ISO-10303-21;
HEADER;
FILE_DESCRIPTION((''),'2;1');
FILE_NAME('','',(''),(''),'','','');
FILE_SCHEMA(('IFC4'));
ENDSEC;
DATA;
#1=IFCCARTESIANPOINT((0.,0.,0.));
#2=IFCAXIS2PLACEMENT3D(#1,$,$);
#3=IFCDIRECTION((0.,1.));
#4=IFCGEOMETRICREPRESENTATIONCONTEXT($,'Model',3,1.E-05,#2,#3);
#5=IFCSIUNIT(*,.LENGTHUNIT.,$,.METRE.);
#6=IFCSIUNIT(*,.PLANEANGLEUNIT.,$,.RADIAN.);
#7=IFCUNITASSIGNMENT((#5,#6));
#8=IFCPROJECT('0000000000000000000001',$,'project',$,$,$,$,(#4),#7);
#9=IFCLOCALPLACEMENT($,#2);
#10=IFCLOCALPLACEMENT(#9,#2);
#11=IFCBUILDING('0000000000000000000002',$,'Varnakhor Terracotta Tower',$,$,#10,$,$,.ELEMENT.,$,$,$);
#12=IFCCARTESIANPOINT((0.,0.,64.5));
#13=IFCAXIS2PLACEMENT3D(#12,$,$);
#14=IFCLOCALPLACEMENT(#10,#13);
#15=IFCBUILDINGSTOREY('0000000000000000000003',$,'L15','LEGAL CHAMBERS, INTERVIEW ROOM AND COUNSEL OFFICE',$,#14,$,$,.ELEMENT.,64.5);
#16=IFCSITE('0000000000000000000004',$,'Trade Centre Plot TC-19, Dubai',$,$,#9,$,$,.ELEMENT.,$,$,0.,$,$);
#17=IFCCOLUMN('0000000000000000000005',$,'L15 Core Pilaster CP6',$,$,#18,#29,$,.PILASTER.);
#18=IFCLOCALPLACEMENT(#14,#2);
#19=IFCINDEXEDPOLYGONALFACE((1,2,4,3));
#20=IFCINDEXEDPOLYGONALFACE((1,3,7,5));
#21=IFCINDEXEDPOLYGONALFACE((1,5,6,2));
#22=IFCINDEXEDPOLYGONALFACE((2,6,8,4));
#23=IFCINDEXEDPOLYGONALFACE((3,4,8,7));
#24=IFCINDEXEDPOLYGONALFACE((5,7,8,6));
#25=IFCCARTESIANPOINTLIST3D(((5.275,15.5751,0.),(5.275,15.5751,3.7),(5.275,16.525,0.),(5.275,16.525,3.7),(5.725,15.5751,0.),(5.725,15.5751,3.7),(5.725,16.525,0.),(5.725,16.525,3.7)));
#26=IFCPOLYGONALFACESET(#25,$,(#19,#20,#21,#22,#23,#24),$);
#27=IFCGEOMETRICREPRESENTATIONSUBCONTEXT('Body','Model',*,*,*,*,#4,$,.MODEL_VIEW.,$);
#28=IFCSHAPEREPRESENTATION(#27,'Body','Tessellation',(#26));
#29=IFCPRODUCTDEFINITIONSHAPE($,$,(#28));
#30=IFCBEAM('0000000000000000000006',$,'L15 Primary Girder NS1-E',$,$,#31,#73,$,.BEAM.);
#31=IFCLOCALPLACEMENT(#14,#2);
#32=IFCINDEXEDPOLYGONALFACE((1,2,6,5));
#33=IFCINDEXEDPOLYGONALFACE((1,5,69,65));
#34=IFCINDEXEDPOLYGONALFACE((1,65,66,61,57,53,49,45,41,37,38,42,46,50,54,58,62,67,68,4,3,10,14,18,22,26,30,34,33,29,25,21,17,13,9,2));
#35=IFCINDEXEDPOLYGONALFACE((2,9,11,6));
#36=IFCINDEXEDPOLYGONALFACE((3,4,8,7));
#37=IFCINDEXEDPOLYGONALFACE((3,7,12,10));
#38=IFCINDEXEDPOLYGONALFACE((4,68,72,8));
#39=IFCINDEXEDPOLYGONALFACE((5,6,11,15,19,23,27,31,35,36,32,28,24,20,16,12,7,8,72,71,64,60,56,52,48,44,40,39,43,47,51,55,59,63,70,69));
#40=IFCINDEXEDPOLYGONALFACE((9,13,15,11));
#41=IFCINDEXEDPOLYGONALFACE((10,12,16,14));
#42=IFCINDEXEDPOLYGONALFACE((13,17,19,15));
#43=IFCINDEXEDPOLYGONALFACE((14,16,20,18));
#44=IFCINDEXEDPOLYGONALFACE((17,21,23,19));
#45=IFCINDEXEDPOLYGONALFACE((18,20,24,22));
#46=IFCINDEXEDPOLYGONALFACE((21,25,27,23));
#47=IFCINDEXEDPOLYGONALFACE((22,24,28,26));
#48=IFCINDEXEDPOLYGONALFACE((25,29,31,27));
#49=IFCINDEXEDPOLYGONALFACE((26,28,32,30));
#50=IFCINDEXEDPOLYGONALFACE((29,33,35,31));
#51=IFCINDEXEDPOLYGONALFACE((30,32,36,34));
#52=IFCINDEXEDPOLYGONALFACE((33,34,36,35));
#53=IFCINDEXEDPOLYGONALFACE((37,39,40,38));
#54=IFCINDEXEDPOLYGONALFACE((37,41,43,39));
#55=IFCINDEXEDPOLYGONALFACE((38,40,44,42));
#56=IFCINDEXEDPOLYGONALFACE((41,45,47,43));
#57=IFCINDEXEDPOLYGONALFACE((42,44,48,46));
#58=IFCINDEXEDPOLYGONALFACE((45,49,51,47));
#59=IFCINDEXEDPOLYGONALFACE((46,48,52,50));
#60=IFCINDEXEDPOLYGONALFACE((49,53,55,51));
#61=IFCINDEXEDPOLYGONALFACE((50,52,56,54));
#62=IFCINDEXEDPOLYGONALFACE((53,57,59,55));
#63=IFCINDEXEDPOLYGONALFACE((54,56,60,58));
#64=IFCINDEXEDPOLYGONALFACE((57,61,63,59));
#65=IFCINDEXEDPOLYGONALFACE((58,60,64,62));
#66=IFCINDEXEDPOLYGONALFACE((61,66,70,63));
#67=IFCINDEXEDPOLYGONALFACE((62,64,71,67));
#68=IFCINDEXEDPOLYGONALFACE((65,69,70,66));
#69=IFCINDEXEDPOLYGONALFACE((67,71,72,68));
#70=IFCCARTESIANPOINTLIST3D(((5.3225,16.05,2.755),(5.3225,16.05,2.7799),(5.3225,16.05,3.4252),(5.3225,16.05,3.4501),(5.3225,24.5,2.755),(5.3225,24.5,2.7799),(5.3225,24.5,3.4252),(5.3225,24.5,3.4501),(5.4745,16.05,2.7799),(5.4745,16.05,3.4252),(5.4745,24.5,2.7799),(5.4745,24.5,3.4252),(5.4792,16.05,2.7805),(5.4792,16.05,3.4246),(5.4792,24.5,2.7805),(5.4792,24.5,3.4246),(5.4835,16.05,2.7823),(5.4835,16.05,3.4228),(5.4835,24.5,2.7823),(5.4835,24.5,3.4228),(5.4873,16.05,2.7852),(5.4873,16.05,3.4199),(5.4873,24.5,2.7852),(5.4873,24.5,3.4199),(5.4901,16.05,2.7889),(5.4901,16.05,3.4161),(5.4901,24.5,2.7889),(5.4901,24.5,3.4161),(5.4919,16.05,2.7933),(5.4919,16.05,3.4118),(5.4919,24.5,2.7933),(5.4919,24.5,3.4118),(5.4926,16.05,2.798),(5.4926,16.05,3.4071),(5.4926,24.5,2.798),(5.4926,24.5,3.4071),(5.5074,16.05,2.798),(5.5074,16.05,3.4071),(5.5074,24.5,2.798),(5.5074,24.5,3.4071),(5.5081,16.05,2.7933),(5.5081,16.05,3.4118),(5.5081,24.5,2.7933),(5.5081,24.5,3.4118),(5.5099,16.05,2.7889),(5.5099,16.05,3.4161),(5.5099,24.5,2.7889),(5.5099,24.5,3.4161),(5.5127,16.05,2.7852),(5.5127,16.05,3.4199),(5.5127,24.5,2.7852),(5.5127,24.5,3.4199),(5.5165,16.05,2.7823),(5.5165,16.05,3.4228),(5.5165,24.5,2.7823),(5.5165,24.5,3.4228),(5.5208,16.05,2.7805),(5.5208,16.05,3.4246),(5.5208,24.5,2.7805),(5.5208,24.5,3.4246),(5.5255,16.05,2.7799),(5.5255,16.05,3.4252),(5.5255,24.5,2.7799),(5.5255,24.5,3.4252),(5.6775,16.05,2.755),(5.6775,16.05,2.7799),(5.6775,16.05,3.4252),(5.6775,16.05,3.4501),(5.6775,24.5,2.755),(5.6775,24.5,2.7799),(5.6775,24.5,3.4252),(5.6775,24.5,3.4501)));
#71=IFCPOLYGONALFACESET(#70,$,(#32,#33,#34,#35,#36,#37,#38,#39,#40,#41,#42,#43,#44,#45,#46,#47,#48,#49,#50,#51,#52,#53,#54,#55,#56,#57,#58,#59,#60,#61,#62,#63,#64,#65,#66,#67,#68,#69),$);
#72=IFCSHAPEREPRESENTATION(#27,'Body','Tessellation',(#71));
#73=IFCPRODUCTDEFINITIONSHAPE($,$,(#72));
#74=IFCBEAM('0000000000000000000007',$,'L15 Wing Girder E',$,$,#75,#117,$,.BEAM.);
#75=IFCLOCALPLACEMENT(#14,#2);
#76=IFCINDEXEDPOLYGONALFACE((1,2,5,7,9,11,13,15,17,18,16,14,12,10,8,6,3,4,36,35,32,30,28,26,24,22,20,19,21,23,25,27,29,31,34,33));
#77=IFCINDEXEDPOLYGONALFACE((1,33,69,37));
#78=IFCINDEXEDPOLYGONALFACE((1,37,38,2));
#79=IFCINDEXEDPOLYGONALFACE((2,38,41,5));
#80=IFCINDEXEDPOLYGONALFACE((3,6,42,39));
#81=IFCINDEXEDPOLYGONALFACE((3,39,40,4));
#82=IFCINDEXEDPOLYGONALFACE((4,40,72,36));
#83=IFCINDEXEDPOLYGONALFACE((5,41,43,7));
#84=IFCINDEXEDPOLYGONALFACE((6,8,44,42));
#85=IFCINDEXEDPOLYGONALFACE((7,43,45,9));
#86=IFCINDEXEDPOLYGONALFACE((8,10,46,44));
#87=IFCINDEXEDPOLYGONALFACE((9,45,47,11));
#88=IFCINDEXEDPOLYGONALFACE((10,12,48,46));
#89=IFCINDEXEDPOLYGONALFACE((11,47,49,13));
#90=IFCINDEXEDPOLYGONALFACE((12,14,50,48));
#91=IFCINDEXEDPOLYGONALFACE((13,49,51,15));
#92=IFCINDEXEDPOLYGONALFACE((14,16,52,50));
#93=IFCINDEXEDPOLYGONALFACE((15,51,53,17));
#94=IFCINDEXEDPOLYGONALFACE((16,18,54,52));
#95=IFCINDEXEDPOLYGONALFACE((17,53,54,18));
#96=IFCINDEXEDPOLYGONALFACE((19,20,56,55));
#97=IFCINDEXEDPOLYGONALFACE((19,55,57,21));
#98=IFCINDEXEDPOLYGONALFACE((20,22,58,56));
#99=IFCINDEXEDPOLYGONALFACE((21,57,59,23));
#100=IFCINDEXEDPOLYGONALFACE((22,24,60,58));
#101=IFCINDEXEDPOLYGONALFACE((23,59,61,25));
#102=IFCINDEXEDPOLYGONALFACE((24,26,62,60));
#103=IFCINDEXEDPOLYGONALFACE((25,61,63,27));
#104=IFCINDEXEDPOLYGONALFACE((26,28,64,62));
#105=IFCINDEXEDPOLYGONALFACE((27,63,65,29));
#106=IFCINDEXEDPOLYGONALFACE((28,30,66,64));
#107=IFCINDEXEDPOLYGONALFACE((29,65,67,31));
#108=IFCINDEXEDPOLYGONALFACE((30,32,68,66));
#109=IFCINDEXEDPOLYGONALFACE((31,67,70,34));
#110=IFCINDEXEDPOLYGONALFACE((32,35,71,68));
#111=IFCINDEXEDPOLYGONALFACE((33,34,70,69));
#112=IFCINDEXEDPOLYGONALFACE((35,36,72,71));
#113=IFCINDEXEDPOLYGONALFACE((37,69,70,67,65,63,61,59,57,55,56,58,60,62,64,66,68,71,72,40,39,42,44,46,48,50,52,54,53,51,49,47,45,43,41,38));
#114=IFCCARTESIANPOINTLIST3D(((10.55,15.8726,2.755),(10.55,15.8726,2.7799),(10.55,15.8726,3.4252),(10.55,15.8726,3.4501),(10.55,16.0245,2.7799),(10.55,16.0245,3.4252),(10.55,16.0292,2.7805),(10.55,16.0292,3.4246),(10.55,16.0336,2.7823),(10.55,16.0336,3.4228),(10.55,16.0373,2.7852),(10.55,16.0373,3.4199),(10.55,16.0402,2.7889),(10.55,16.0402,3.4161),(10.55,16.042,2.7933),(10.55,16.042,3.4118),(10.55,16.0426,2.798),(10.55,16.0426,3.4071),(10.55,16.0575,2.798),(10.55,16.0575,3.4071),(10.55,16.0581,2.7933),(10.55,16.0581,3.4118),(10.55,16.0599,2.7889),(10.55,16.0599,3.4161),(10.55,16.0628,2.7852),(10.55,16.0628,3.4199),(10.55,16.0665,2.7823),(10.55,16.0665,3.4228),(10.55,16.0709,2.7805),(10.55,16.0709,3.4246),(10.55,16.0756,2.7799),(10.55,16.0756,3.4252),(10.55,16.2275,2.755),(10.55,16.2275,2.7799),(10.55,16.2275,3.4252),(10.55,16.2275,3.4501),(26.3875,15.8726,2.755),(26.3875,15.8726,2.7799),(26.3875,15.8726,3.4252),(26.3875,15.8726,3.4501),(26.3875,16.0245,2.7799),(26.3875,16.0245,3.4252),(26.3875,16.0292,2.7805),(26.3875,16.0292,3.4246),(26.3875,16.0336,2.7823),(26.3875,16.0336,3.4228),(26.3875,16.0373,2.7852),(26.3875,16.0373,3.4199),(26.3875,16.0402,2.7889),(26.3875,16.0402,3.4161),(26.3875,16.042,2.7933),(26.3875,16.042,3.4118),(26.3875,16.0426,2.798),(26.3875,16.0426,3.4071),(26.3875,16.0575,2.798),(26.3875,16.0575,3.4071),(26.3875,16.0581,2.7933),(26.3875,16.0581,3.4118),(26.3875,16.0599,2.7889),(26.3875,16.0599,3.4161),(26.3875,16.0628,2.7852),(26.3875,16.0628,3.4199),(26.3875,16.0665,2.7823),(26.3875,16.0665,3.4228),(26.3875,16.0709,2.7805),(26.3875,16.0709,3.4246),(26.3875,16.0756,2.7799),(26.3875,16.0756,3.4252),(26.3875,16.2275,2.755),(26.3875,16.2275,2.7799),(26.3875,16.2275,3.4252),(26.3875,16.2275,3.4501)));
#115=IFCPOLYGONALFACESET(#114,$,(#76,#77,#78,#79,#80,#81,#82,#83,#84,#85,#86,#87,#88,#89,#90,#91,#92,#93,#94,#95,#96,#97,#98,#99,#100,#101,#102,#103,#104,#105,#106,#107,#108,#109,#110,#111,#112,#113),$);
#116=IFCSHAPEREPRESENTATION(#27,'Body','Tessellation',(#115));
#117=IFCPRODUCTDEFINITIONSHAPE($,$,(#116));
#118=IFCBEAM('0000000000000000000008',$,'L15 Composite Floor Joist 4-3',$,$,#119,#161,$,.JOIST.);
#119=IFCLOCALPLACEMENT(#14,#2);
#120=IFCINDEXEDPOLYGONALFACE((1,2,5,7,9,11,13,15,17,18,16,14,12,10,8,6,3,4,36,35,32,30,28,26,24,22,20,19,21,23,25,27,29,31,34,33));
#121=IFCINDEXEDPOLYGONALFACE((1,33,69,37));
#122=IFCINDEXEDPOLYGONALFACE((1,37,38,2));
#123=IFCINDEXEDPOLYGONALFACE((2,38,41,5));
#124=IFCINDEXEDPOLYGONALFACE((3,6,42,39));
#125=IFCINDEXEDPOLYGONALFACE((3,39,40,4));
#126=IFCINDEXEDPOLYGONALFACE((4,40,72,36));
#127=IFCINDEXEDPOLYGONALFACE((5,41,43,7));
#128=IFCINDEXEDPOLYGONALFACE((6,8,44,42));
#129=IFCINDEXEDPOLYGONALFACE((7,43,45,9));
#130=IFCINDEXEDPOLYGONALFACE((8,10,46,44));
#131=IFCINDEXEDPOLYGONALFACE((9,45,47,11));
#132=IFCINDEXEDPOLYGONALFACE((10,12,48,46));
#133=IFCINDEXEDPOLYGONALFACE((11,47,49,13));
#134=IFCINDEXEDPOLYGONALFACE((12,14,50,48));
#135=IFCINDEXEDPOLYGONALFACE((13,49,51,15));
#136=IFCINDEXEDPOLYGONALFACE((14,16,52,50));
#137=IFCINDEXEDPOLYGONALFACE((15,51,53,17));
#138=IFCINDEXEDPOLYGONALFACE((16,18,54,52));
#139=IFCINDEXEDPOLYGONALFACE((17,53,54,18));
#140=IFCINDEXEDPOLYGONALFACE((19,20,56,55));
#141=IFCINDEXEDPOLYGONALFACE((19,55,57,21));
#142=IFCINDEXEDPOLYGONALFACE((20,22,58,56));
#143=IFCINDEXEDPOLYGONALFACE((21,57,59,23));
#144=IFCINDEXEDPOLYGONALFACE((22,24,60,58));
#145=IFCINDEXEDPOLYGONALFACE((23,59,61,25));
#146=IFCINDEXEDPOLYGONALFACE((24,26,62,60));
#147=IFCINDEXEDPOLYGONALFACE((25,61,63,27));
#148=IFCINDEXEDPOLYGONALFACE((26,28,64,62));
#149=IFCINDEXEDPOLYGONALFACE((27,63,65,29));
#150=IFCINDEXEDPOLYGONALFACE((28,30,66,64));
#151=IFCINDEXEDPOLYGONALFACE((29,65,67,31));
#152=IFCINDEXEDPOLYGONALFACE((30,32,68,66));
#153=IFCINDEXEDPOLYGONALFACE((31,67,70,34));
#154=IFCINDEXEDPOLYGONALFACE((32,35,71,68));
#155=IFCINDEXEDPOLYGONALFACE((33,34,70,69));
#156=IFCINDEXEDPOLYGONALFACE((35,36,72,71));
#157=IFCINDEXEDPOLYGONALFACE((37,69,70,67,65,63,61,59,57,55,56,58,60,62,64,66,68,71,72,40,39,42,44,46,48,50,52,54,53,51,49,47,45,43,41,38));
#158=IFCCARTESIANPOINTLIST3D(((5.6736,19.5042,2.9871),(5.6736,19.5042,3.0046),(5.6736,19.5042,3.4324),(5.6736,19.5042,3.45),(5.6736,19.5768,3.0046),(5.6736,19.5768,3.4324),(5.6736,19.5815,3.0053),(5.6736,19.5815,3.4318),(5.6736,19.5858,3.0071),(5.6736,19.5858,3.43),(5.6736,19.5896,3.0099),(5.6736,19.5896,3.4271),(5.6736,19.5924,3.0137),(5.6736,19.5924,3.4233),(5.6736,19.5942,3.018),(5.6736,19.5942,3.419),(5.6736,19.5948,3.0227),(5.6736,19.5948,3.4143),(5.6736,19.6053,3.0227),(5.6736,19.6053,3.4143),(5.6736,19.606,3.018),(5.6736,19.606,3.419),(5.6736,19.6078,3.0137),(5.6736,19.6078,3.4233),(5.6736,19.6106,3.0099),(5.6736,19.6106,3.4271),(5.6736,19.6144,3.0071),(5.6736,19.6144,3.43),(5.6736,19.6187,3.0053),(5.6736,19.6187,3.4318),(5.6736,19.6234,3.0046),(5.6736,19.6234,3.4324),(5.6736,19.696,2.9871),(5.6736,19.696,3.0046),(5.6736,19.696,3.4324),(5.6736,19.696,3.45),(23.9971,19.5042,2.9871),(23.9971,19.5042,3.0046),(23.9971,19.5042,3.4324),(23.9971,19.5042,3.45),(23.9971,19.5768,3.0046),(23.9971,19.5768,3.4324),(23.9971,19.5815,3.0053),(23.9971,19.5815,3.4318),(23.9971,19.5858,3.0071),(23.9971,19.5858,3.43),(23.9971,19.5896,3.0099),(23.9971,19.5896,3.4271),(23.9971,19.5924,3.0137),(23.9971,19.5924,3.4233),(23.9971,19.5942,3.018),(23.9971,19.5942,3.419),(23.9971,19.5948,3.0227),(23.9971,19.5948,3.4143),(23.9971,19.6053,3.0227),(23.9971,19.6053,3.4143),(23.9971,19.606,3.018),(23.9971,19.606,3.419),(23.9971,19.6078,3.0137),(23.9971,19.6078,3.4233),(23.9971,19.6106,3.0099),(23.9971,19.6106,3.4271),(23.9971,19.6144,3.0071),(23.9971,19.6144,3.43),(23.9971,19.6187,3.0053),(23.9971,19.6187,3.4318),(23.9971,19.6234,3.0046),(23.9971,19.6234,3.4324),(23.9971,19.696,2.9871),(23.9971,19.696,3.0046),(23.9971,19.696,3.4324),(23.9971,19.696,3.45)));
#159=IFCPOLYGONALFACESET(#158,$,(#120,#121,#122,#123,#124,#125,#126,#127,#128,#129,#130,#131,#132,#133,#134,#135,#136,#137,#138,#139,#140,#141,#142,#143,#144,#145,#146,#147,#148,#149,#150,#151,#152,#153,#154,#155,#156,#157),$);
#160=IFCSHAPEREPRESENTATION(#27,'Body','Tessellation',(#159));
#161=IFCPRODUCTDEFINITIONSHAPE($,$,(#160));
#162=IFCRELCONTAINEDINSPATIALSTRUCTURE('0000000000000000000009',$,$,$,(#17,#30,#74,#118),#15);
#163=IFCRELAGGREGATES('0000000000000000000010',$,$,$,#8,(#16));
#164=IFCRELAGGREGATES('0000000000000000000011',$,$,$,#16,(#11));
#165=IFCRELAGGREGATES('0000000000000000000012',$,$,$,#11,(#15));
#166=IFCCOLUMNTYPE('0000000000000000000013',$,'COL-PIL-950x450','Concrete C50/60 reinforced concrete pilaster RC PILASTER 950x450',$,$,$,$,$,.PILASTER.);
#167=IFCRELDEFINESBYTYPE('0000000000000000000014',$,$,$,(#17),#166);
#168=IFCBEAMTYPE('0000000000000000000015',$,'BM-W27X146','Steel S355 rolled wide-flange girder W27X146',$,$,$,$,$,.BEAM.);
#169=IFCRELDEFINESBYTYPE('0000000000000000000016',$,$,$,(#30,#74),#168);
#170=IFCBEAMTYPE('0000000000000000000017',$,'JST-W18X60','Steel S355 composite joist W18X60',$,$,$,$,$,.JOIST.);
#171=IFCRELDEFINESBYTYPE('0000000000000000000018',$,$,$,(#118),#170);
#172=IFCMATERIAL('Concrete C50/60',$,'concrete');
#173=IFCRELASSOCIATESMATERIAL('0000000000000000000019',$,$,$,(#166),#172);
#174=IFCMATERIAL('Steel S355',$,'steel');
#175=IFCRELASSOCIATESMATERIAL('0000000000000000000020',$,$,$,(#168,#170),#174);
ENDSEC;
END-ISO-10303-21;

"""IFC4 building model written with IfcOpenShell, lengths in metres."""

from ifc_helpers import new_model, si_unit, direction, frame, origin, origin_2d, place, context, subcontext, project, spatial, rectangle, i_section, extrude, source, transform, mapped, material, material_profile, profile_set, type_object, type_shapes, element, save


model = new_model("IFC4")

# Units and contexts
model_context = context("Model", 3, precision=1e-05, world=origin(), true_north=direction((0.0, 1.0)))
body_context = subcontext(model_context, "Body", "Model", "MODEL_VIEW")
ifc_project = project(units=[si_unit("LENGTHUNIT", "METRE"), si_unit("PLANEANGLEUNIT", "RADIAN")], contexts=[model_context])

# Site, building, storey
site_placement = place(None, origin())
site = spatial("IfcSite", under=ifc_project, at=site_placement, Name="Trade Centre Plot TC-19, Dubai", CompositionType="ELEMENT", RefElevation=0.0)
building_placement = place(site_placement, origin())
building = spatial("IfcBuilding", under=site, at=building_placement, Name="Varnakhor Terracotta Tower", CompositionType="ELEMENT")
storey_placement = place(building_placement, frame((0.0, 0.0, 64.5)))
storey = spatial("IfcBuildingStorey", under=building, at=storey_placement, Name="L15", Description="LEGAL CHAMBERS, INTERVIEW ROOM AND COUNSEL OFFICE", CompositionType="ELEMENT", Elevation=64.5)

# Column
ifc_material_1 = material(Name="Concrete C50/60", Category="concrete")
ifc_material_profile_1 = material_profile(ifc_material_1, rectangle(XDim=0.45, YDim=0.95, at=origin_2d()), Name="RC PILASTER 950x450")
ifc_profile_set_1 = profile_set([ifc_material_profile_1], Name="Concrete C50/60")
column_type = type_object("IfcColumnType", Name="COL-PIL-950x450", Description="Concrete C50/60 reinforced concrete pilaster RC PILASTER 950x450", PredefinedType="PILASTER", material=ifc_profile_set_1)
shared_shape_1 = source(origin(), body_context, "Body", "SweptSolid", [
    extrude(rectangle(XDim=0.45, YDim=0.95, at=origin_2d()), origin(), (0.0, 0.0, 1.0), 3.7),
])
column_placement = place(storey_placement, frame((5.5, 16.05, 0.0), z_axis=(0.0, 0.0, 1.0), x_axis=(1.0, 0.0, 0.0)))
element("IfcColumn", 1, at=column_placement, inside=storey, type_object=column_type, Name="L15 Core Pilaster CP6", PredefinedType="PILASTER", context=body_context, shape_type="MappedRepresentation", body=[
    mapped(shared_shape_1, transform((0.0, 0.0, 0.0), scale=1.0)),
])

# Beams
ifc_material_2 = material(Name="Steel S355", Category="steel")
ifc_material_profile_2 = material_profile(ifc_material_2, i_section(OverallWidth=0.355, OverallDepth=0.6951, WebThickness=0.0149, FlangeThickness=0.0249, FilletRadius=0.0181, at=origin_2d()), Name="W27X146")
ifc_profile_set_2 = profile_set([ifc_material_profile_2], Name="Steel S355")
beam_type_1 = type_object("IfcBeamType", Name="BM-W27X146", Description="Steel S355 rolled wide-flange girder W27X146", PredefinedType="BEAM", material=ifc_profile_set_2)
shared_shape_2 = source(origin(), body_context, "Body", "SweptSolid", [
    extrude(i_section(OverallWidth=0.355, OverallDepth=0.6951, WebThickness=0.0149, FlangeThickness=0.0249, FilletRadius=0.0181, at=origin_2d()), origin(), (0.0, 0.0, 1.0), 8.45),
])
type_shapes(beam_type_1, [shared_shape_2])
beam_1_placement = place(storey_placement, frame((5.5, 16.05, 3.1025), z_axis=(0.0, 1.0, 0.0), x_axis=(-1.0, 0.0, 0.0)))
element("IfcBeam", 2, at=beam_1_placement, inside=storey, type_object=beam_type_1, Name="L15 Primary Girder NS1-E", PredefinedType="BEAM", context=body_context, shape_type="MappedRepresentation", body=[
    mapped(shared_shape_2, transform((0.0, 0.0, 0.0), scale=1.0)),
])
shared_shape_3 = source(origin(), body_context, "Body", "SweptSolid", [
    extrude(i_section(OverallWidth=0.355, OverallDepth=0.6951, WebThickness=0.0149, FlangeThickness=0.0249, FilletRadius=0.0181, at=origin_2d()), origin(), (0.0, 0.0, 1.0), 15.8374),
])
beam_2_placement = place(storey_placement, frame((10.55, 16.05, 3.1025), z_axis=(1.0, 0.0, 0.0), x_axis=(0.0, 1.0, 0.0)))
element("IfcBeam", 3, at=beam_2_placement, inside=storey, type_object=beam_type_1, Name="L15 Wing Girder E", PredefinedType="BEAM", context=body_context, shape_type="MappedRepresentation", body=[
    mapped(shared_shape_3, transform((0.0, 0.0, 0.0), scale=1.0)),
])
ifc_material_profile_3 = material_profile(ifc_material_2, i_section(OverallWidth=0.1919, OverallDepth=0.4629, WebThickness=0.0105, FlangeThickness=0.0176, FilletRadius=0.0181, at=origin_2d()), Name="W18X60")
ifc_profile_set_3 = profile_set([ifc_material_profile_3], Name="Steel S355")
beam_type_2 = type_object("IfcBeamType", Name="JST-W18X60", Description="Steel S355 composite joist W18X60", PredefinedType="JOIST", material=ifc_profile_set_3)
shared_shape_4 = source(origin(), body_context, "Body", "SweptSolid", [
    extrude(i_section(OverallWidth=0.1919, OverallDepth=0.4629, WebThickness=0.0105, FlangeThickness=0.0176, FilletRadius=0.0181, at=origin_2d()), origin(), (0.0, 0.0, 1.0), 18.3235),
])
beam_3_placement = place(storey_placement, frame((5.6736, 19.6001, 3.2185), z_axis=(1.0, 0.0, 0.0), x_axis=(0.0, 1.0, 0.0)))
element("IfcBeam", 4, at=beam_3_placement, inside=storey, type_object=beam_type_2, Name="L15 Composite Floor Joist 4-3", PredefinedType="JOIST", context=body_context, shape_type="MappedRepresentation", body=[
    mapped(shared_shape_4, transform((0.0, 0.0, 0.0), scale=1.0)),
])

save(model, "model.ifc")
